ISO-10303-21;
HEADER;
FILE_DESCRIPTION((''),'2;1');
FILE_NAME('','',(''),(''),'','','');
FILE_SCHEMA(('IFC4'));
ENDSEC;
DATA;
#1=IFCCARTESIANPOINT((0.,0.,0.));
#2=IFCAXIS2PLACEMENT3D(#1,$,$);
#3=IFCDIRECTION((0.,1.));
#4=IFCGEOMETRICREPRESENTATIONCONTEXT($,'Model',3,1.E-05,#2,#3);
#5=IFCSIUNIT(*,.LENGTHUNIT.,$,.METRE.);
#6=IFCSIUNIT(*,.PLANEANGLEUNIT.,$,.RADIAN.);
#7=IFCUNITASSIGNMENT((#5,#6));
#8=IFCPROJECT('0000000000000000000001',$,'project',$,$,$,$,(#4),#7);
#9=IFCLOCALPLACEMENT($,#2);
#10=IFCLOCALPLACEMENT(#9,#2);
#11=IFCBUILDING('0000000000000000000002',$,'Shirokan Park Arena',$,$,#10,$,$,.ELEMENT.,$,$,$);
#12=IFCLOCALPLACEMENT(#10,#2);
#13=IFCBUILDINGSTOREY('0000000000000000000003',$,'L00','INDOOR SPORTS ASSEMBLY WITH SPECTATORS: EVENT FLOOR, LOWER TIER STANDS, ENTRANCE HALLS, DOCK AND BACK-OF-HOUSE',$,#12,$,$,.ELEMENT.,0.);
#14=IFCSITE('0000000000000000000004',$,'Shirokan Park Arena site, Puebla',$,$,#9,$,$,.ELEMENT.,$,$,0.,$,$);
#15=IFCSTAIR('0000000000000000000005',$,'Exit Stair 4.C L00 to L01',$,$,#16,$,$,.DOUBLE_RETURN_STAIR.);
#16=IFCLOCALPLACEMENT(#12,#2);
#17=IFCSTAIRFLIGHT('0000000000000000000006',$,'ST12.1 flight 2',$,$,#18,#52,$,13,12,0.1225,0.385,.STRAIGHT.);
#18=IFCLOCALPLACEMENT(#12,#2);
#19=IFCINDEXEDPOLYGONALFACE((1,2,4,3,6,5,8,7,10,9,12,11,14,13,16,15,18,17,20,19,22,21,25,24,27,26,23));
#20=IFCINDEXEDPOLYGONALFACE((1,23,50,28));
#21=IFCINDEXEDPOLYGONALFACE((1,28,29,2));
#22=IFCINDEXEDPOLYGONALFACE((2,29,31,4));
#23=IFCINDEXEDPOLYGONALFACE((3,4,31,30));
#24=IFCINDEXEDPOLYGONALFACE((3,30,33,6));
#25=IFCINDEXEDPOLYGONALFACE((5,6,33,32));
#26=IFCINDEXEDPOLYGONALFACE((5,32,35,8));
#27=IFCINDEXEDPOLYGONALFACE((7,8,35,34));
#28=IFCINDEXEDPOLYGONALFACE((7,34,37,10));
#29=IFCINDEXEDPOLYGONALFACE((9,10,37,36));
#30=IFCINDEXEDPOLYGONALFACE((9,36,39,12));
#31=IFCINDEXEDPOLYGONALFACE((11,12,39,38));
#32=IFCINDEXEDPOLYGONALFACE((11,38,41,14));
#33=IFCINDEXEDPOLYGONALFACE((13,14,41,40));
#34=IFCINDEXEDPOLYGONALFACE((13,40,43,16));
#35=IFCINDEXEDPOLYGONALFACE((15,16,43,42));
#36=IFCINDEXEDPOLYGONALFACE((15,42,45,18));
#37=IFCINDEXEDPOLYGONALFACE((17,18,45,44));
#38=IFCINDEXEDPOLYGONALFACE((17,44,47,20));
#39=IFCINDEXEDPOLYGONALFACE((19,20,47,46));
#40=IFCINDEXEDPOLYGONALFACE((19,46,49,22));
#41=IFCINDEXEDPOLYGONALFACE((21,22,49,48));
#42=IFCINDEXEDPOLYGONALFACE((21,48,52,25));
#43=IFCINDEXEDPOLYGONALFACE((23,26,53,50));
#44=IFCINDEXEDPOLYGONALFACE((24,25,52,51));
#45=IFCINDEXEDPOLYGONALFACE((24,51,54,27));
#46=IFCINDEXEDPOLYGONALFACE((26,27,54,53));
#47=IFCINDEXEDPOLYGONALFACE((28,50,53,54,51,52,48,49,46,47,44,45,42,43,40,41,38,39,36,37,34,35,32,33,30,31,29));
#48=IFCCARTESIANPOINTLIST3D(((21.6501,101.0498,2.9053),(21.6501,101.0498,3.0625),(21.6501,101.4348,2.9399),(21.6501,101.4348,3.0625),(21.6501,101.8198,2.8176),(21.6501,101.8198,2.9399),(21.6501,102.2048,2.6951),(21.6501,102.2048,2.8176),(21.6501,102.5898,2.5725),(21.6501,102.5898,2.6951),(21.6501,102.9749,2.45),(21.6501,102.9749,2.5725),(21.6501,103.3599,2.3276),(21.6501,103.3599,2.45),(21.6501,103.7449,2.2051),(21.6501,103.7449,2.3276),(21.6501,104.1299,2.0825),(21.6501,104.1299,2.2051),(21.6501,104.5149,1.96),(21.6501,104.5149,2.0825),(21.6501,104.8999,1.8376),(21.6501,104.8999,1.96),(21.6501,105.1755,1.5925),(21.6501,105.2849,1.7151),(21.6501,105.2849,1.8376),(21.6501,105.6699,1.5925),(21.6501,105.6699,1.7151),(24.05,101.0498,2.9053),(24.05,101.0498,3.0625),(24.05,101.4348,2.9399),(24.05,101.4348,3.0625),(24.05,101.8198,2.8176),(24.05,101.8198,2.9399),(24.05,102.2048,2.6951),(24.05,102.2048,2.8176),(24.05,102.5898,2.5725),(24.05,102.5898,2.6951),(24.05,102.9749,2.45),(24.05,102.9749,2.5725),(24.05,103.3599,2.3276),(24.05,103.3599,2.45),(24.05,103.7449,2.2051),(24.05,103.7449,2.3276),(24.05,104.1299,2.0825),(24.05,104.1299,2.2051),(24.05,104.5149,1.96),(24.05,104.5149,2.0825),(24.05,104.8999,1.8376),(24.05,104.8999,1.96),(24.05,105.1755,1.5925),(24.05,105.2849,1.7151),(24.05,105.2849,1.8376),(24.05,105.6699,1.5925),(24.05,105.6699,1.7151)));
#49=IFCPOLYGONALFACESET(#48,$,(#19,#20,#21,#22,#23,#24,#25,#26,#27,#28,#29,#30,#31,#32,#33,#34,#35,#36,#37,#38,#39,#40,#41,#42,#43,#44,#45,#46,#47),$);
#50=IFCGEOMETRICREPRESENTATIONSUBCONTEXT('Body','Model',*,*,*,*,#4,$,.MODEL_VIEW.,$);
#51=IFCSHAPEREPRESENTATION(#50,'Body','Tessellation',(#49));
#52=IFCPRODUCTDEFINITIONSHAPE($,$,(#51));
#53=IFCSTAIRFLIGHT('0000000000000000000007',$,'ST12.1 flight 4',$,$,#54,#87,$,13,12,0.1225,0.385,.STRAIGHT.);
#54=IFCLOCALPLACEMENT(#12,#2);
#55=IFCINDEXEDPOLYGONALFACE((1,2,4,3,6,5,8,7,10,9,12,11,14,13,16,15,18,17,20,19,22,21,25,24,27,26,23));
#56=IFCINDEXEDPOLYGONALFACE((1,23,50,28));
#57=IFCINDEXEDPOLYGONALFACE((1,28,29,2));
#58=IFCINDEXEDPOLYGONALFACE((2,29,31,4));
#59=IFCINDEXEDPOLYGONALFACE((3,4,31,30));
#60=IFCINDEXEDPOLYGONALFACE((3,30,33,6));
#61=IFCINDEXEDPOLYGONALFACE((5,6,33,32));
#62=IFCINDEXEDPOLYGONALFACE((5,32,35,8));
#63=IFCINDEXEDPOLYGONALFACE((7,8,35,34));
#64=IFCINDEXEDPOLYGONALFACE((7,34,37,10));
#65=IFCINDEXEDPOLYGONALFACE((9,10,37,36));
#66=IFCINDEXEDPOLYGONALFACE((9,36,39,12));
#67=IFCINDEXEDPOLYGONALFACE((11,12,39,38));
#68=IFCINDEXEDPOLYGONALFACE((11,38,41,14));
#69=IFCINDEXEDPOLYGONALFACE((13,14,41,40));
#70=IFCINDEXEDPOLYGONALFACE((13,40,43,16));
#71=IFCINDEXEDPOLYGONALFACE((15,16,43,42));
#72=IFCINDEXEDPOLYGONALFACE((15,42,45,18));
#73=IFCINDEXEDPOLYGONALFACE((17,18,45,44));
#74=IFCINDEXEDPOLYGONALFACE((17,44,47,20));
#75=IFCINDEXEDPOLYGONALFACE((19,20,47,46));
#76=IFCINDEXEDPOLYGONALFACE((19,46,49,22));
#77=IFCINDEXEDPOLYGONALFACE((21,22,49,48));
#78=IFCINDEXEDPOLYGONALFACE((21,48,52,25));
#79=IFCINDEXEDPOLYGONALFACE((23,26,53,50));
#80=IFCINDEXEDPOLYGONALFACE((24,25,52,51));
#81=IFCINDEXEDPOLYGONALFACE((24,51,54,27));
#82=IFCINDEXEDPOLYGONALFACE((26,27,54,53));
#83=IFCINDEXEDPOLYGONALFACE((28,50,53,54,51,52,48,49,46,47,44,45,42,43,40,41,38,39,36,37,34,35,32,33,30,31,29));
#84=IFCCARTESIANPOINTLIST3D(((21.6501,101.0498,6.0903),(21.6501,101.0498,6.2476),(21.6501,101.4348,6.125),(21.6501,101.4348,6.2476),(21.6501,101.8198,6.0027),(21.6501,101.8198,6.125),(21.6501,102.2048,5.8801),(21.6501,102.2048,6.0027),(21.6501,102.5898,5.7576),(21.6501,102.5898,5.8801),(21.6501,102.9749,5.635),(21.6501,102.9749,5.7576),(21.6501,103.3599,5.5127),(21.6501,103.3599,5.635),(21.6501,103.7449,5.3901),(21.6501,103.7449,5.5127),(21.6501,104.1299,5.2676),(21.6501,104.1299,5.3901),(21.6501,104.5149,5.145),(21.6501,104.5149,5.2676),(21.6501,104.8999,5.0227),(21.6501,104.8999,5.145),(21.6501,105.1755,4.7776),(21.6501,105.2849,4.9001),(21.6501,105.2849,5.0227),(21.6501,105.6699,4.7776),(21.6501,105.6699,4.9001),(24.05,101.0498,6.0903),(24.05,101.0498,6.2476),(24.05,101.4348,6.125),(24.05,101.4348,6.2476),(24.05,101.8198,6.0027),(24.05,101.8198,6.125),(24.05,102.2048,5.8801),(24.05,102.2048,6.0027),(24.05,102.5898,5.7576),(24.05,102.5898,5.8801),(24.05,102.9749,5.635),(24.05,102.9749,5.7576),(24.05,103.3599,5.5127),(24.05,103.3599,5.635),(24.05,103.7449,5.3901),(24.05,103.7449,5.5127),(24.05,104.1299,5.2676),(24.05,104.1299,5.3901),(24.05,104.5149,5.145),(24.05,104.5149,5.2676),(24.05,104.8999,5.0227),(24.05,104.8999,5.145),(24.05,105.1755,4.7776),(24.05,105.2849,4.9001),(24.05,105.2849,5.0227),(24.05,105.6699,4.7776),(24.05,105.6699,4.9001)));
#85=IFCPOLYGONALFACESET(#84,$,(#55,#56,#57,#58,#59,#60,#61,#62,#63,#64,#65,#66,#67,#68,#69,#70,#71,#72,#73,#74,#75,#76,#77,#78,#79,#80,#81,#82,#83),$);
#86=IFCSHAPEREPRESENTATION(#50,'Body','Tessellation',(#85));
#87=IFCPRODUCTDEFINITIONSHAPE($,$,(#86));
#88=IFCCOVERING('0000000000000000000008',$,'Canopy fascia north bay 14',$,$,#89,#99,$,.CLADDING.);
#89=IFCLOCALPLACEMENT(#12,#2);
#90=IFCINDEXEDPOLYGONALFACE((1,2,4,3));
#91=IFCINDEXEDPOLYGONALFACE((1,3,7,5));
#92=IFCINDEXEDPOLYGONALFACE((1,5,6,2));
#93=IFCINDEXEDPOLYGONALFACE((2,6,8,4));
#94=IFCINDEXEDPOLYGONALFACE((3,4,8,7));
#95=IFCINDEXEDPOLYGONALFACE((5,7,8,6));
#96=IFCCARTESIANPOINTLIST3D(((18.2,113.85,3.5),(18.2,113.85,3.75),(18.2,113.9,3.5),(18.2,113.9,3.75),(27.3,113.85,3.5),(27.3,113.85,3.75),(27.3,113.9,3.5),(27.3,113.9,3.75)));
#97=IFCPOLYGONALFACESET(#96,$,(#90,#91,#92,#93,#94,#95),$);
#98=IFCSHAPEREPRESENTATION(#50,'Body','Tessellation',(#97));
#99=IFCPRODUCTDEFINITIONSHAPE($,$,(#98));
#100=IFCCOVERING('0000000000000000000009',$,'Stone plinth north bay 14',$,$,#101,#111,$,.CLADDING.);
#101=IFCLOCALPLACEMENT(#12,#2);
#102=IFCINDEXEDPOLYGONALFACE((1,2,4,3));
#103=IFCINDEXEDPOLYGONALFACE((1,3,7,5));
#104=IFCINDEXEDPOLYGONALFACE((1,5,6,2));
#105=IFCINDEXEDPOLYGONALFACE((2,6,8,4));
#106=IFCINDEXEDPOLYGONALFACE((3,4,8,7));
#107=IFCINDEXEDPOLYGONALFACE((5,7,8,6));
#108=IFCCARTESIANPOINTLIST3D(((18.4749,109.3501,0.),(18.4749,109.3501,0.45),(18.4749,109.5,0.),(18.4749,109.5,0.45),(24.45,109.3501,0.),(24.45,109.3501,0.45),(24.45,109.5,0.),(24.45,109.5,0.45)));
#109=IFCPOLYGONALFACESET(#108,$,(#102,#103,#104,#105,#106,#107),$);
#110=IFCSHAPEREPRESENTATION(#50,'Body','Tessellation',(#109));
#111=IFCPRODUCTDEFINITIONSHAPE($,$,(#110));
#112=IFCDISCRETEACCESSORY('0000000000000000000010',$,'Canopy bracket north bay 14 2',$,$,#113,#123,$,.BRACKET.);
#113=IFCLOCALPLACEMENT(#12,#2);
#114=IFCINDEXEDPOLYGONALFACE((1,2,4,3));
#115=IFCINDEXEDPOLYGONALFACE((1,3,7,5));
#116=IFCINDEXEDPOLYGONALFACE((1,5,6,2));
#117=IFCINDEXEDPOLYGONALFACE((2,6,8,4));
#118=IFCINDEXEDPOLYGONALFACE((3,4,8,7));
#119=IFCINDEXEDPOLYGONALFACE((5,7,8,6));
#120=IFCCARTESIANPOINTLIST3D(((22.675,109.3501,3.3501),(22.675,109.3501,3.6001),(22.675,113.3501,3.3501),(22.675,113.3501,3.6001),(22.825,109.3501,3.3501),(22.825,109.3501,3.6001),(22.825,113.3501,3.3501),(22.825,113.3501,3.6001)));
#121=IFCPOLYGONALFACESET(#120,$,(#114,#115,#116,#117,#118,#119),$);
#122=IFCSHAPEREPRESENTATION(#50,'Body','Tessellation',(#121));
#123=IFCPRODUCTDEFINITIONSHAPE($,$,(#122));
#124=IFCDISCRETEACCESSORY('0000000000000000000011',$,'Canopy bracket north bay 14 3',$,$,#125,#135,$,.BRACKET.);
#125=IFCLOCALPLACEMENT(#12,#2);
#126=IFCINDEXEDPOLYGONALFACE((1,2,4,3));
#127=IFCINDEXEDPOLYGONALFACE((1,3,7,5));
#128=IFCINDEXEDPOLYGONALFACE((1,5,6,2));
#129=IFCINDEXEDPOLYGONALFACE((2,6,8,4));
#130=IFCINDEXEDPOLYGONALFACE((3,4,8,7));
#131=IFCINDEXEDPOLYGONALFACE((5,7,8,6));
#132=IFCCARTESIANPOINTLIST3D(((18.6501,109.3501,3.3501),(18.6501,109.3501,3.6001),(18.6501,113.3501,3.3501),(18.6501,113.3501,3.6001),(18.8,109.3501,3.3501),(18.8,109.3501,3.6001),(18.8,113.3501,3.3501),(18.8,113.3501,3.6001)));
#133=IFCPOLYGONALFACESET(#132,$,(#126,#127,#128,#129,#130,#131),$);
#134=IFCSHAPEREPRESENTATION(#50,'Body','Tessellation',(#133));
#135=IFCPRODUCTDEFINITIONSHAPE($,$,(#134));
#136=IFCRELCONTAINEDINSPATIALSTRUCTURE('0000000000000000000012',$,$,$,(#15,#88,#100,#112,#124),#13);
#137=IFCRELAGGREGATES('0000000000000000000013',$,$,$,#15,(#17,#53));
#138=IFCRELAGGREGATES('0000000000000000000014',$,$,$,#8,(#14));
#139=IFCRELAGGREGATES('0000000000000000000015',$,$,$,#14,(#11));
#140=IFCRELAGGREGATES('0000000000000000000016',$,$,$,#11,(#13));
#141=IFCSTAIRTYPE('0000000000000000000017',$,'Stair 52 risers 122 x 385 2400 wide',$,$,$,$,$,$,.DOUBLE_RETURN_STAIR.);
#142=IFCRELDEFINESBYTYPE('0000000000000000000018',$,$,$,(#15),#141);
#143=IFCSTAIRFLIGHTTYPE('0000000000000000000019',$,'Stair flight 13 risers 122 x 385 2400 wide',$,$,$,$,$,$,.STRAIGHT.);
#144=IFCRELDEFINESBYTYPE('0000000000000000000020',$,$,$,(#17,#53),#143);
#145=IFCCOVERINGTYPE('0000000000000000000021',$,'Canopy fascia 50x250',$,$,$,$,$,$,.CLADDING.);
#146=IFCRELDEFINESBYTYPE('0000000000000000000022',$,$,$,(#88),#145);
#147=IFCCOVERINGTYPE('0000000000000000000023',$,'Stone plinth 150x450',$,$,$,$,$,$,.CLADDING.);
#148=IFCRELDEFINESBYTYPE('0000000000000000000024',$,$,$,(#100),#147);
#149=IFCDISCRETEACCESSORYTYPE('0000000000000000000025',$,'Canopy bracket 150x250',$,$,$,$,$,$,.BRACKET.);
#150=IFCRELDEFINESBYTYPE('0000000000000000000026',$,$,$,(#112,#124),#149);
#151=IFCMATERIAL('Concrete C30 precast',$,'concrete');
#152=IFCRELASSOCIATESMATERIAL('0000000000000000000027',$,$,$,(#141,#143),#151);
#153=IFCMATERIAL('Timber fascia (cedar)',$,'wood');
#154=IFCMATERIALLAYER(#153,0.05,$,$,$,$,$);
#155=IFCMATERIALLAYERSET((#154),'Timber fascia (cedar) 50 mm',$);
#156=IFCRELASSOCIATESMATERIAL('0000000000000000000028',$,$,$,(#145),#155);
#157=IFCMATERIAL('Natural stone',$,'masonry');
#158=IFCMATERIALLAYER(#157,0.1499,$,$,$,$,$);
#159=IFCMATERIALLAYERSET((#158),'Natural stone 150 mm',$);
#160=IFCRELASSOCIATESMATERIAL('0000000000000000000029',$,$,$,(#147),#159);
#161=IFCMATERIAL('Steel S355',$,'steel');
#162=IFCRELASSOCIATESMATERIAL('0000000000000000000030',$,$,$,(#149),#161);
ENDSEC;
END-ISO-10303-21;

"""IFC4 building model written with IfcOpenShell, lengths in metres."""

from ifc_helpers import new_model, si_unit, direction, frame, origin, origin_2d, place, context, subcontext, project, spatial, polyline, rectangle, outline, extrude, material, layer, layer_set, type_object, element, aggregate, save


model = new_model("IFC4")

# Units and contexts
model_context = context("Model", 3, precision=1e-05, world=origin(), true_north=direction((0.0, 1.0)))
body_context = subcontext(model_context, "Body", "Model", "MODEL_VIEW")
ifc_project = project(units=[si_unit("LENGTHUNIT", "METRE"), si_unit("PLANEANGLEUNIT", "RADIAN")], contexts=[model_context])

# Site, building, storey
site_placement = place(None, origin())
site = spatial("IfcSite", under=ifc_project, at=site_placement, Name="Shirokan Park Arena site, Puebla", CompositionType="ELEMENT", RefElevation=0.0)
building_placement = place(site_placement, origin())
building = spatial("IfcBuilding", under=site, at=building_placement, Name="Shirokan Park Arena", CompositionType="ELEMENT")
storey_placement = place(building_placement, origin())
storey = spatial("IfcBuildingStorey", under=building, at=storey_placement, Name="L00", Description="INDOOR SPORTS ASSEMBLY WITH SPECTATORS: EVENT FLOOR, LOWER TIER STANDS, ENTRANCE HALLS, DOCK AND BACK-OF-HOUSE", CompositionType="ELEMENT", Elevation=0.0)

# Shared definitions
ifc_material_1 = material(Name="Steel S355", Category="steel")

# Stair, stair flights
ifc_material_2 = material(Name="Concrete C30 precast", Category="concrete")
stair_type = type_object("IfcStairType", Name="Stair 52 risers 122 x 385 2400 wide", PredefinedType="DOUBLE_RETURN_STAIR", material=ifc_material_2)
stair_placement = place(storey_placement, origin())
stair = element("IfcStair", 1, at=stair_placement, inside=storey, type_object=stair_type, Name="Exit Stair 4.C L00 to L01", PredefinedType="DOUBLE_RETURN_STAIR")
stair_flight_type = type_object("IfcStairFlightType", Name="Stair flight 13 risers 122 x 385 2400 wide", PredefinedType="STRAIGHT", material=ifc_material_2)
stair_flight_1_placement = place(storey_placement, frame((22.8501, 105.6699, 1.5925), z_axis=(0.0, 0.0, 1.0), x_axis=(0.0, -1.0, 0.0)))
stair_flight_1 = element("IfcStairFlight", 2, at=stair_flight_1_placement, type_object=stair_flight_type, Name="ST12.1 flight 2", NumberOfRisers=13, NumberOfTreads=12, PredefinedType="STRAIGHT", RiserHeight=0.1225, TreadLength=0.385, context=body_context, shape_type="SweptSolid", body=[
    extrude(outline(polyline([(0.0, 0.0), (0.0, 0.1226), (0.385, 0.1226), (0.385, 0.2451), (0.77, 0.2451), (0.77, 0.3674), (1.155, 0.3674), (1.155, 0.49), (1.54, 0.49), (1.54, 0.6125), (1.925, 0.6125), (1.925, 0.7351), (2.3101, 0.7351), (2.3101, 0.8574), (2.6951, 0.8574), (2.6951, 0.98), (3.0801, 0.98), (3.0801, 1.1025), (3.4651, 1.1025), (3.4651, 1.2251), (3.8501, 1.2251), (3.8501, 1.3474), (4.2351, 1.3474), (4.2351, 1.47), (4.6201, 1.47), (4.6201, 1.5925), (4.6201, 1.3127), (0.4944, 0.0), (0.0, 0.0)])), frame((0.0, 1.2, 0.0), z_axis=(0.0, -1.0, 0.0), x_axis=(1.0, 0.0, 0.0)), (0.0, 0.0, 1.0), 2.3999),
])
stair_flight_2_placement = place(storey_placement, frame((22.8501, 105.6699, 4.7776), z_axis=(0.0, 0.0, 1.0), x_axis=(0.0, -1.0, 0.0)))
stair_flight_2 = element("IfcStairFlight", 3, at=stair_flight_2_placement, type_object=stair_flight_type, Name="ST12.1 flight 4", NumberOfRisers=13, NumberOfTreads=12, PredefinedType="STRAIGHT", RiserHeight=0.1225, TreadLength=0.385, context=body_context, shape_type="SweptSolid", body=[
    extrude(outline(polyline([(0.0, 0.0), (0.0, 0.1226), (0.385, 0.1226), (0.385, 0.2451), (0.77, 0.2451), (0.77, 0.3674), (1.155, 0.3674), (1.155, 0.49), (1.54, 0.49), (1.54, 0.6125), (1.925, 0.6125), (1.925, 0.7351), (2.3101, 0.7351), (2.3101, 0.8574), (2.6951, 0.8574), (2.6951, 0.98), (3.0801, 0.98), (3.0801, 1.1025), (3.4651, 1.1025), (3.4651, 1.2251), (3.8501, 1.2251), (3.8501, 1.3474), (4.2351, 1.3474), (4.2351, 1.47), (4.6201, 1.47), (4.6201, 1.5925), (4.6201, 1.3127), (0.4944, 0.0), (0.0, 0.0)])), frame((0.0, 1.2, 0.0), z_axis=(0.0, -1.0, 0.0), x_axis=(1.0, 0.0, 0.0)), (0.0, 0.0, 1.0), 2.3999),
])
aggregate(stair, [stair_flight_1, stair_flight_2])

# Covering
ifc_material_3 = material(Name="Timber fascia (cedar)", Category="wood")
ifc_layer_1 = layer(ifc_material_3, 0.05)
ifc_layer_set_1 = layer_set([ifc_layer_1], Name="Timber fascia (cedar) 50 mm")
covering_type_1 = type_object("IfcCoveringType", Name="Canopy fascia 50x250", PredefinedType="CLADDING", material=ifc_layer_set_1)
covering_1_placement = place(storey_placement, frame((22.75, 113.875, 3.5), z_axis=(0.0, 0.0, 1.0), x_axis=(-1.0, 0.0, 0.0)))
element("IfcCovering", 4, at=covering_1_placement, inside=storey, type_object=covering_type_1, Name="Canopy fascia north bay 14", PredefinedType="CLADDING", context=body_context, shape_type="SweptSolid", body=[
    extrude(rectangle(XDim=9.1001, YDim=0.05, at=origin_2d()), origin(), (0.0, 0.0, 1.0), 0.25),
])

# Covering
ifc_material_4 = material(Name="Natural stone", Category="masonry")
ifc_layer_2 = layer(ifc_material_4, 0.1499)
ifc_layer_set_2 = layer_set([ifc_layer_2], Name="Natural stone 150 mm")
covering_type_2 = type_object("IfcCoveringType", Name="Stone plinth 150x450", PredefinedType="CLADDING", material=ifc_layer_set_2)
covering_2_placement = place(storey_placement, frame((21.4624, 109.425, 0.0), z_axis=(0.0, 0.0, 1.0), x_axis=(-1.0, 0.0, 0.0)))
element("IfcCovering", 5, at=covering_2_placement, inside=storey, type_object=covering_type_2, Name="Stone plinth north bay 14", PredefinedType="CLADDING", context=body_context, shape_type="SweptSolid", body=[
    extrude(rectangle(XDim=5.9751, YDim=0.1499, at=origin_2d()), origin(), (0.0, 0.0, 1.0), 0.45),
])

# Discrete accessories
discrete_accessory_type = type_object("IfcDiscreteAccessoryType", Name="Canopy bracket 150x250", PredefinedType="BRACKET", material=ifc_material_1)
for number, where, z_axis, x_axis, name in (
    (6, (22.75, 111.3501, 3.3501), (0.0, 0.0, 1.0), (-1.0, 0.0, 0.0), "Canopy bracket north bay 14 2"),
    (7, (18.7251, 111.3501, 3.3501), (0.0, 0.0, 1.0), (-1.0, 0.0, 0.0), "Canopy bracket north bay 14 3"),
):
    element("IfcDiscreteAccessory", number, at=place(storey_placement, frame(where, z_axis=z_axis, x_axis=x_axis)), inside=storey, type_object=discrete_accessory_type, Name=name, PredefinedType="BRACKET", context=body_context, shape_type="SweptSolid", body=[
        extrude(rectangle(XDim=0.1499, YDim=4.0, at=origin_2d()), origin(), (0.0, 0.0, 1.0), 0.25),
    ])

save(model, "model.ifc")
